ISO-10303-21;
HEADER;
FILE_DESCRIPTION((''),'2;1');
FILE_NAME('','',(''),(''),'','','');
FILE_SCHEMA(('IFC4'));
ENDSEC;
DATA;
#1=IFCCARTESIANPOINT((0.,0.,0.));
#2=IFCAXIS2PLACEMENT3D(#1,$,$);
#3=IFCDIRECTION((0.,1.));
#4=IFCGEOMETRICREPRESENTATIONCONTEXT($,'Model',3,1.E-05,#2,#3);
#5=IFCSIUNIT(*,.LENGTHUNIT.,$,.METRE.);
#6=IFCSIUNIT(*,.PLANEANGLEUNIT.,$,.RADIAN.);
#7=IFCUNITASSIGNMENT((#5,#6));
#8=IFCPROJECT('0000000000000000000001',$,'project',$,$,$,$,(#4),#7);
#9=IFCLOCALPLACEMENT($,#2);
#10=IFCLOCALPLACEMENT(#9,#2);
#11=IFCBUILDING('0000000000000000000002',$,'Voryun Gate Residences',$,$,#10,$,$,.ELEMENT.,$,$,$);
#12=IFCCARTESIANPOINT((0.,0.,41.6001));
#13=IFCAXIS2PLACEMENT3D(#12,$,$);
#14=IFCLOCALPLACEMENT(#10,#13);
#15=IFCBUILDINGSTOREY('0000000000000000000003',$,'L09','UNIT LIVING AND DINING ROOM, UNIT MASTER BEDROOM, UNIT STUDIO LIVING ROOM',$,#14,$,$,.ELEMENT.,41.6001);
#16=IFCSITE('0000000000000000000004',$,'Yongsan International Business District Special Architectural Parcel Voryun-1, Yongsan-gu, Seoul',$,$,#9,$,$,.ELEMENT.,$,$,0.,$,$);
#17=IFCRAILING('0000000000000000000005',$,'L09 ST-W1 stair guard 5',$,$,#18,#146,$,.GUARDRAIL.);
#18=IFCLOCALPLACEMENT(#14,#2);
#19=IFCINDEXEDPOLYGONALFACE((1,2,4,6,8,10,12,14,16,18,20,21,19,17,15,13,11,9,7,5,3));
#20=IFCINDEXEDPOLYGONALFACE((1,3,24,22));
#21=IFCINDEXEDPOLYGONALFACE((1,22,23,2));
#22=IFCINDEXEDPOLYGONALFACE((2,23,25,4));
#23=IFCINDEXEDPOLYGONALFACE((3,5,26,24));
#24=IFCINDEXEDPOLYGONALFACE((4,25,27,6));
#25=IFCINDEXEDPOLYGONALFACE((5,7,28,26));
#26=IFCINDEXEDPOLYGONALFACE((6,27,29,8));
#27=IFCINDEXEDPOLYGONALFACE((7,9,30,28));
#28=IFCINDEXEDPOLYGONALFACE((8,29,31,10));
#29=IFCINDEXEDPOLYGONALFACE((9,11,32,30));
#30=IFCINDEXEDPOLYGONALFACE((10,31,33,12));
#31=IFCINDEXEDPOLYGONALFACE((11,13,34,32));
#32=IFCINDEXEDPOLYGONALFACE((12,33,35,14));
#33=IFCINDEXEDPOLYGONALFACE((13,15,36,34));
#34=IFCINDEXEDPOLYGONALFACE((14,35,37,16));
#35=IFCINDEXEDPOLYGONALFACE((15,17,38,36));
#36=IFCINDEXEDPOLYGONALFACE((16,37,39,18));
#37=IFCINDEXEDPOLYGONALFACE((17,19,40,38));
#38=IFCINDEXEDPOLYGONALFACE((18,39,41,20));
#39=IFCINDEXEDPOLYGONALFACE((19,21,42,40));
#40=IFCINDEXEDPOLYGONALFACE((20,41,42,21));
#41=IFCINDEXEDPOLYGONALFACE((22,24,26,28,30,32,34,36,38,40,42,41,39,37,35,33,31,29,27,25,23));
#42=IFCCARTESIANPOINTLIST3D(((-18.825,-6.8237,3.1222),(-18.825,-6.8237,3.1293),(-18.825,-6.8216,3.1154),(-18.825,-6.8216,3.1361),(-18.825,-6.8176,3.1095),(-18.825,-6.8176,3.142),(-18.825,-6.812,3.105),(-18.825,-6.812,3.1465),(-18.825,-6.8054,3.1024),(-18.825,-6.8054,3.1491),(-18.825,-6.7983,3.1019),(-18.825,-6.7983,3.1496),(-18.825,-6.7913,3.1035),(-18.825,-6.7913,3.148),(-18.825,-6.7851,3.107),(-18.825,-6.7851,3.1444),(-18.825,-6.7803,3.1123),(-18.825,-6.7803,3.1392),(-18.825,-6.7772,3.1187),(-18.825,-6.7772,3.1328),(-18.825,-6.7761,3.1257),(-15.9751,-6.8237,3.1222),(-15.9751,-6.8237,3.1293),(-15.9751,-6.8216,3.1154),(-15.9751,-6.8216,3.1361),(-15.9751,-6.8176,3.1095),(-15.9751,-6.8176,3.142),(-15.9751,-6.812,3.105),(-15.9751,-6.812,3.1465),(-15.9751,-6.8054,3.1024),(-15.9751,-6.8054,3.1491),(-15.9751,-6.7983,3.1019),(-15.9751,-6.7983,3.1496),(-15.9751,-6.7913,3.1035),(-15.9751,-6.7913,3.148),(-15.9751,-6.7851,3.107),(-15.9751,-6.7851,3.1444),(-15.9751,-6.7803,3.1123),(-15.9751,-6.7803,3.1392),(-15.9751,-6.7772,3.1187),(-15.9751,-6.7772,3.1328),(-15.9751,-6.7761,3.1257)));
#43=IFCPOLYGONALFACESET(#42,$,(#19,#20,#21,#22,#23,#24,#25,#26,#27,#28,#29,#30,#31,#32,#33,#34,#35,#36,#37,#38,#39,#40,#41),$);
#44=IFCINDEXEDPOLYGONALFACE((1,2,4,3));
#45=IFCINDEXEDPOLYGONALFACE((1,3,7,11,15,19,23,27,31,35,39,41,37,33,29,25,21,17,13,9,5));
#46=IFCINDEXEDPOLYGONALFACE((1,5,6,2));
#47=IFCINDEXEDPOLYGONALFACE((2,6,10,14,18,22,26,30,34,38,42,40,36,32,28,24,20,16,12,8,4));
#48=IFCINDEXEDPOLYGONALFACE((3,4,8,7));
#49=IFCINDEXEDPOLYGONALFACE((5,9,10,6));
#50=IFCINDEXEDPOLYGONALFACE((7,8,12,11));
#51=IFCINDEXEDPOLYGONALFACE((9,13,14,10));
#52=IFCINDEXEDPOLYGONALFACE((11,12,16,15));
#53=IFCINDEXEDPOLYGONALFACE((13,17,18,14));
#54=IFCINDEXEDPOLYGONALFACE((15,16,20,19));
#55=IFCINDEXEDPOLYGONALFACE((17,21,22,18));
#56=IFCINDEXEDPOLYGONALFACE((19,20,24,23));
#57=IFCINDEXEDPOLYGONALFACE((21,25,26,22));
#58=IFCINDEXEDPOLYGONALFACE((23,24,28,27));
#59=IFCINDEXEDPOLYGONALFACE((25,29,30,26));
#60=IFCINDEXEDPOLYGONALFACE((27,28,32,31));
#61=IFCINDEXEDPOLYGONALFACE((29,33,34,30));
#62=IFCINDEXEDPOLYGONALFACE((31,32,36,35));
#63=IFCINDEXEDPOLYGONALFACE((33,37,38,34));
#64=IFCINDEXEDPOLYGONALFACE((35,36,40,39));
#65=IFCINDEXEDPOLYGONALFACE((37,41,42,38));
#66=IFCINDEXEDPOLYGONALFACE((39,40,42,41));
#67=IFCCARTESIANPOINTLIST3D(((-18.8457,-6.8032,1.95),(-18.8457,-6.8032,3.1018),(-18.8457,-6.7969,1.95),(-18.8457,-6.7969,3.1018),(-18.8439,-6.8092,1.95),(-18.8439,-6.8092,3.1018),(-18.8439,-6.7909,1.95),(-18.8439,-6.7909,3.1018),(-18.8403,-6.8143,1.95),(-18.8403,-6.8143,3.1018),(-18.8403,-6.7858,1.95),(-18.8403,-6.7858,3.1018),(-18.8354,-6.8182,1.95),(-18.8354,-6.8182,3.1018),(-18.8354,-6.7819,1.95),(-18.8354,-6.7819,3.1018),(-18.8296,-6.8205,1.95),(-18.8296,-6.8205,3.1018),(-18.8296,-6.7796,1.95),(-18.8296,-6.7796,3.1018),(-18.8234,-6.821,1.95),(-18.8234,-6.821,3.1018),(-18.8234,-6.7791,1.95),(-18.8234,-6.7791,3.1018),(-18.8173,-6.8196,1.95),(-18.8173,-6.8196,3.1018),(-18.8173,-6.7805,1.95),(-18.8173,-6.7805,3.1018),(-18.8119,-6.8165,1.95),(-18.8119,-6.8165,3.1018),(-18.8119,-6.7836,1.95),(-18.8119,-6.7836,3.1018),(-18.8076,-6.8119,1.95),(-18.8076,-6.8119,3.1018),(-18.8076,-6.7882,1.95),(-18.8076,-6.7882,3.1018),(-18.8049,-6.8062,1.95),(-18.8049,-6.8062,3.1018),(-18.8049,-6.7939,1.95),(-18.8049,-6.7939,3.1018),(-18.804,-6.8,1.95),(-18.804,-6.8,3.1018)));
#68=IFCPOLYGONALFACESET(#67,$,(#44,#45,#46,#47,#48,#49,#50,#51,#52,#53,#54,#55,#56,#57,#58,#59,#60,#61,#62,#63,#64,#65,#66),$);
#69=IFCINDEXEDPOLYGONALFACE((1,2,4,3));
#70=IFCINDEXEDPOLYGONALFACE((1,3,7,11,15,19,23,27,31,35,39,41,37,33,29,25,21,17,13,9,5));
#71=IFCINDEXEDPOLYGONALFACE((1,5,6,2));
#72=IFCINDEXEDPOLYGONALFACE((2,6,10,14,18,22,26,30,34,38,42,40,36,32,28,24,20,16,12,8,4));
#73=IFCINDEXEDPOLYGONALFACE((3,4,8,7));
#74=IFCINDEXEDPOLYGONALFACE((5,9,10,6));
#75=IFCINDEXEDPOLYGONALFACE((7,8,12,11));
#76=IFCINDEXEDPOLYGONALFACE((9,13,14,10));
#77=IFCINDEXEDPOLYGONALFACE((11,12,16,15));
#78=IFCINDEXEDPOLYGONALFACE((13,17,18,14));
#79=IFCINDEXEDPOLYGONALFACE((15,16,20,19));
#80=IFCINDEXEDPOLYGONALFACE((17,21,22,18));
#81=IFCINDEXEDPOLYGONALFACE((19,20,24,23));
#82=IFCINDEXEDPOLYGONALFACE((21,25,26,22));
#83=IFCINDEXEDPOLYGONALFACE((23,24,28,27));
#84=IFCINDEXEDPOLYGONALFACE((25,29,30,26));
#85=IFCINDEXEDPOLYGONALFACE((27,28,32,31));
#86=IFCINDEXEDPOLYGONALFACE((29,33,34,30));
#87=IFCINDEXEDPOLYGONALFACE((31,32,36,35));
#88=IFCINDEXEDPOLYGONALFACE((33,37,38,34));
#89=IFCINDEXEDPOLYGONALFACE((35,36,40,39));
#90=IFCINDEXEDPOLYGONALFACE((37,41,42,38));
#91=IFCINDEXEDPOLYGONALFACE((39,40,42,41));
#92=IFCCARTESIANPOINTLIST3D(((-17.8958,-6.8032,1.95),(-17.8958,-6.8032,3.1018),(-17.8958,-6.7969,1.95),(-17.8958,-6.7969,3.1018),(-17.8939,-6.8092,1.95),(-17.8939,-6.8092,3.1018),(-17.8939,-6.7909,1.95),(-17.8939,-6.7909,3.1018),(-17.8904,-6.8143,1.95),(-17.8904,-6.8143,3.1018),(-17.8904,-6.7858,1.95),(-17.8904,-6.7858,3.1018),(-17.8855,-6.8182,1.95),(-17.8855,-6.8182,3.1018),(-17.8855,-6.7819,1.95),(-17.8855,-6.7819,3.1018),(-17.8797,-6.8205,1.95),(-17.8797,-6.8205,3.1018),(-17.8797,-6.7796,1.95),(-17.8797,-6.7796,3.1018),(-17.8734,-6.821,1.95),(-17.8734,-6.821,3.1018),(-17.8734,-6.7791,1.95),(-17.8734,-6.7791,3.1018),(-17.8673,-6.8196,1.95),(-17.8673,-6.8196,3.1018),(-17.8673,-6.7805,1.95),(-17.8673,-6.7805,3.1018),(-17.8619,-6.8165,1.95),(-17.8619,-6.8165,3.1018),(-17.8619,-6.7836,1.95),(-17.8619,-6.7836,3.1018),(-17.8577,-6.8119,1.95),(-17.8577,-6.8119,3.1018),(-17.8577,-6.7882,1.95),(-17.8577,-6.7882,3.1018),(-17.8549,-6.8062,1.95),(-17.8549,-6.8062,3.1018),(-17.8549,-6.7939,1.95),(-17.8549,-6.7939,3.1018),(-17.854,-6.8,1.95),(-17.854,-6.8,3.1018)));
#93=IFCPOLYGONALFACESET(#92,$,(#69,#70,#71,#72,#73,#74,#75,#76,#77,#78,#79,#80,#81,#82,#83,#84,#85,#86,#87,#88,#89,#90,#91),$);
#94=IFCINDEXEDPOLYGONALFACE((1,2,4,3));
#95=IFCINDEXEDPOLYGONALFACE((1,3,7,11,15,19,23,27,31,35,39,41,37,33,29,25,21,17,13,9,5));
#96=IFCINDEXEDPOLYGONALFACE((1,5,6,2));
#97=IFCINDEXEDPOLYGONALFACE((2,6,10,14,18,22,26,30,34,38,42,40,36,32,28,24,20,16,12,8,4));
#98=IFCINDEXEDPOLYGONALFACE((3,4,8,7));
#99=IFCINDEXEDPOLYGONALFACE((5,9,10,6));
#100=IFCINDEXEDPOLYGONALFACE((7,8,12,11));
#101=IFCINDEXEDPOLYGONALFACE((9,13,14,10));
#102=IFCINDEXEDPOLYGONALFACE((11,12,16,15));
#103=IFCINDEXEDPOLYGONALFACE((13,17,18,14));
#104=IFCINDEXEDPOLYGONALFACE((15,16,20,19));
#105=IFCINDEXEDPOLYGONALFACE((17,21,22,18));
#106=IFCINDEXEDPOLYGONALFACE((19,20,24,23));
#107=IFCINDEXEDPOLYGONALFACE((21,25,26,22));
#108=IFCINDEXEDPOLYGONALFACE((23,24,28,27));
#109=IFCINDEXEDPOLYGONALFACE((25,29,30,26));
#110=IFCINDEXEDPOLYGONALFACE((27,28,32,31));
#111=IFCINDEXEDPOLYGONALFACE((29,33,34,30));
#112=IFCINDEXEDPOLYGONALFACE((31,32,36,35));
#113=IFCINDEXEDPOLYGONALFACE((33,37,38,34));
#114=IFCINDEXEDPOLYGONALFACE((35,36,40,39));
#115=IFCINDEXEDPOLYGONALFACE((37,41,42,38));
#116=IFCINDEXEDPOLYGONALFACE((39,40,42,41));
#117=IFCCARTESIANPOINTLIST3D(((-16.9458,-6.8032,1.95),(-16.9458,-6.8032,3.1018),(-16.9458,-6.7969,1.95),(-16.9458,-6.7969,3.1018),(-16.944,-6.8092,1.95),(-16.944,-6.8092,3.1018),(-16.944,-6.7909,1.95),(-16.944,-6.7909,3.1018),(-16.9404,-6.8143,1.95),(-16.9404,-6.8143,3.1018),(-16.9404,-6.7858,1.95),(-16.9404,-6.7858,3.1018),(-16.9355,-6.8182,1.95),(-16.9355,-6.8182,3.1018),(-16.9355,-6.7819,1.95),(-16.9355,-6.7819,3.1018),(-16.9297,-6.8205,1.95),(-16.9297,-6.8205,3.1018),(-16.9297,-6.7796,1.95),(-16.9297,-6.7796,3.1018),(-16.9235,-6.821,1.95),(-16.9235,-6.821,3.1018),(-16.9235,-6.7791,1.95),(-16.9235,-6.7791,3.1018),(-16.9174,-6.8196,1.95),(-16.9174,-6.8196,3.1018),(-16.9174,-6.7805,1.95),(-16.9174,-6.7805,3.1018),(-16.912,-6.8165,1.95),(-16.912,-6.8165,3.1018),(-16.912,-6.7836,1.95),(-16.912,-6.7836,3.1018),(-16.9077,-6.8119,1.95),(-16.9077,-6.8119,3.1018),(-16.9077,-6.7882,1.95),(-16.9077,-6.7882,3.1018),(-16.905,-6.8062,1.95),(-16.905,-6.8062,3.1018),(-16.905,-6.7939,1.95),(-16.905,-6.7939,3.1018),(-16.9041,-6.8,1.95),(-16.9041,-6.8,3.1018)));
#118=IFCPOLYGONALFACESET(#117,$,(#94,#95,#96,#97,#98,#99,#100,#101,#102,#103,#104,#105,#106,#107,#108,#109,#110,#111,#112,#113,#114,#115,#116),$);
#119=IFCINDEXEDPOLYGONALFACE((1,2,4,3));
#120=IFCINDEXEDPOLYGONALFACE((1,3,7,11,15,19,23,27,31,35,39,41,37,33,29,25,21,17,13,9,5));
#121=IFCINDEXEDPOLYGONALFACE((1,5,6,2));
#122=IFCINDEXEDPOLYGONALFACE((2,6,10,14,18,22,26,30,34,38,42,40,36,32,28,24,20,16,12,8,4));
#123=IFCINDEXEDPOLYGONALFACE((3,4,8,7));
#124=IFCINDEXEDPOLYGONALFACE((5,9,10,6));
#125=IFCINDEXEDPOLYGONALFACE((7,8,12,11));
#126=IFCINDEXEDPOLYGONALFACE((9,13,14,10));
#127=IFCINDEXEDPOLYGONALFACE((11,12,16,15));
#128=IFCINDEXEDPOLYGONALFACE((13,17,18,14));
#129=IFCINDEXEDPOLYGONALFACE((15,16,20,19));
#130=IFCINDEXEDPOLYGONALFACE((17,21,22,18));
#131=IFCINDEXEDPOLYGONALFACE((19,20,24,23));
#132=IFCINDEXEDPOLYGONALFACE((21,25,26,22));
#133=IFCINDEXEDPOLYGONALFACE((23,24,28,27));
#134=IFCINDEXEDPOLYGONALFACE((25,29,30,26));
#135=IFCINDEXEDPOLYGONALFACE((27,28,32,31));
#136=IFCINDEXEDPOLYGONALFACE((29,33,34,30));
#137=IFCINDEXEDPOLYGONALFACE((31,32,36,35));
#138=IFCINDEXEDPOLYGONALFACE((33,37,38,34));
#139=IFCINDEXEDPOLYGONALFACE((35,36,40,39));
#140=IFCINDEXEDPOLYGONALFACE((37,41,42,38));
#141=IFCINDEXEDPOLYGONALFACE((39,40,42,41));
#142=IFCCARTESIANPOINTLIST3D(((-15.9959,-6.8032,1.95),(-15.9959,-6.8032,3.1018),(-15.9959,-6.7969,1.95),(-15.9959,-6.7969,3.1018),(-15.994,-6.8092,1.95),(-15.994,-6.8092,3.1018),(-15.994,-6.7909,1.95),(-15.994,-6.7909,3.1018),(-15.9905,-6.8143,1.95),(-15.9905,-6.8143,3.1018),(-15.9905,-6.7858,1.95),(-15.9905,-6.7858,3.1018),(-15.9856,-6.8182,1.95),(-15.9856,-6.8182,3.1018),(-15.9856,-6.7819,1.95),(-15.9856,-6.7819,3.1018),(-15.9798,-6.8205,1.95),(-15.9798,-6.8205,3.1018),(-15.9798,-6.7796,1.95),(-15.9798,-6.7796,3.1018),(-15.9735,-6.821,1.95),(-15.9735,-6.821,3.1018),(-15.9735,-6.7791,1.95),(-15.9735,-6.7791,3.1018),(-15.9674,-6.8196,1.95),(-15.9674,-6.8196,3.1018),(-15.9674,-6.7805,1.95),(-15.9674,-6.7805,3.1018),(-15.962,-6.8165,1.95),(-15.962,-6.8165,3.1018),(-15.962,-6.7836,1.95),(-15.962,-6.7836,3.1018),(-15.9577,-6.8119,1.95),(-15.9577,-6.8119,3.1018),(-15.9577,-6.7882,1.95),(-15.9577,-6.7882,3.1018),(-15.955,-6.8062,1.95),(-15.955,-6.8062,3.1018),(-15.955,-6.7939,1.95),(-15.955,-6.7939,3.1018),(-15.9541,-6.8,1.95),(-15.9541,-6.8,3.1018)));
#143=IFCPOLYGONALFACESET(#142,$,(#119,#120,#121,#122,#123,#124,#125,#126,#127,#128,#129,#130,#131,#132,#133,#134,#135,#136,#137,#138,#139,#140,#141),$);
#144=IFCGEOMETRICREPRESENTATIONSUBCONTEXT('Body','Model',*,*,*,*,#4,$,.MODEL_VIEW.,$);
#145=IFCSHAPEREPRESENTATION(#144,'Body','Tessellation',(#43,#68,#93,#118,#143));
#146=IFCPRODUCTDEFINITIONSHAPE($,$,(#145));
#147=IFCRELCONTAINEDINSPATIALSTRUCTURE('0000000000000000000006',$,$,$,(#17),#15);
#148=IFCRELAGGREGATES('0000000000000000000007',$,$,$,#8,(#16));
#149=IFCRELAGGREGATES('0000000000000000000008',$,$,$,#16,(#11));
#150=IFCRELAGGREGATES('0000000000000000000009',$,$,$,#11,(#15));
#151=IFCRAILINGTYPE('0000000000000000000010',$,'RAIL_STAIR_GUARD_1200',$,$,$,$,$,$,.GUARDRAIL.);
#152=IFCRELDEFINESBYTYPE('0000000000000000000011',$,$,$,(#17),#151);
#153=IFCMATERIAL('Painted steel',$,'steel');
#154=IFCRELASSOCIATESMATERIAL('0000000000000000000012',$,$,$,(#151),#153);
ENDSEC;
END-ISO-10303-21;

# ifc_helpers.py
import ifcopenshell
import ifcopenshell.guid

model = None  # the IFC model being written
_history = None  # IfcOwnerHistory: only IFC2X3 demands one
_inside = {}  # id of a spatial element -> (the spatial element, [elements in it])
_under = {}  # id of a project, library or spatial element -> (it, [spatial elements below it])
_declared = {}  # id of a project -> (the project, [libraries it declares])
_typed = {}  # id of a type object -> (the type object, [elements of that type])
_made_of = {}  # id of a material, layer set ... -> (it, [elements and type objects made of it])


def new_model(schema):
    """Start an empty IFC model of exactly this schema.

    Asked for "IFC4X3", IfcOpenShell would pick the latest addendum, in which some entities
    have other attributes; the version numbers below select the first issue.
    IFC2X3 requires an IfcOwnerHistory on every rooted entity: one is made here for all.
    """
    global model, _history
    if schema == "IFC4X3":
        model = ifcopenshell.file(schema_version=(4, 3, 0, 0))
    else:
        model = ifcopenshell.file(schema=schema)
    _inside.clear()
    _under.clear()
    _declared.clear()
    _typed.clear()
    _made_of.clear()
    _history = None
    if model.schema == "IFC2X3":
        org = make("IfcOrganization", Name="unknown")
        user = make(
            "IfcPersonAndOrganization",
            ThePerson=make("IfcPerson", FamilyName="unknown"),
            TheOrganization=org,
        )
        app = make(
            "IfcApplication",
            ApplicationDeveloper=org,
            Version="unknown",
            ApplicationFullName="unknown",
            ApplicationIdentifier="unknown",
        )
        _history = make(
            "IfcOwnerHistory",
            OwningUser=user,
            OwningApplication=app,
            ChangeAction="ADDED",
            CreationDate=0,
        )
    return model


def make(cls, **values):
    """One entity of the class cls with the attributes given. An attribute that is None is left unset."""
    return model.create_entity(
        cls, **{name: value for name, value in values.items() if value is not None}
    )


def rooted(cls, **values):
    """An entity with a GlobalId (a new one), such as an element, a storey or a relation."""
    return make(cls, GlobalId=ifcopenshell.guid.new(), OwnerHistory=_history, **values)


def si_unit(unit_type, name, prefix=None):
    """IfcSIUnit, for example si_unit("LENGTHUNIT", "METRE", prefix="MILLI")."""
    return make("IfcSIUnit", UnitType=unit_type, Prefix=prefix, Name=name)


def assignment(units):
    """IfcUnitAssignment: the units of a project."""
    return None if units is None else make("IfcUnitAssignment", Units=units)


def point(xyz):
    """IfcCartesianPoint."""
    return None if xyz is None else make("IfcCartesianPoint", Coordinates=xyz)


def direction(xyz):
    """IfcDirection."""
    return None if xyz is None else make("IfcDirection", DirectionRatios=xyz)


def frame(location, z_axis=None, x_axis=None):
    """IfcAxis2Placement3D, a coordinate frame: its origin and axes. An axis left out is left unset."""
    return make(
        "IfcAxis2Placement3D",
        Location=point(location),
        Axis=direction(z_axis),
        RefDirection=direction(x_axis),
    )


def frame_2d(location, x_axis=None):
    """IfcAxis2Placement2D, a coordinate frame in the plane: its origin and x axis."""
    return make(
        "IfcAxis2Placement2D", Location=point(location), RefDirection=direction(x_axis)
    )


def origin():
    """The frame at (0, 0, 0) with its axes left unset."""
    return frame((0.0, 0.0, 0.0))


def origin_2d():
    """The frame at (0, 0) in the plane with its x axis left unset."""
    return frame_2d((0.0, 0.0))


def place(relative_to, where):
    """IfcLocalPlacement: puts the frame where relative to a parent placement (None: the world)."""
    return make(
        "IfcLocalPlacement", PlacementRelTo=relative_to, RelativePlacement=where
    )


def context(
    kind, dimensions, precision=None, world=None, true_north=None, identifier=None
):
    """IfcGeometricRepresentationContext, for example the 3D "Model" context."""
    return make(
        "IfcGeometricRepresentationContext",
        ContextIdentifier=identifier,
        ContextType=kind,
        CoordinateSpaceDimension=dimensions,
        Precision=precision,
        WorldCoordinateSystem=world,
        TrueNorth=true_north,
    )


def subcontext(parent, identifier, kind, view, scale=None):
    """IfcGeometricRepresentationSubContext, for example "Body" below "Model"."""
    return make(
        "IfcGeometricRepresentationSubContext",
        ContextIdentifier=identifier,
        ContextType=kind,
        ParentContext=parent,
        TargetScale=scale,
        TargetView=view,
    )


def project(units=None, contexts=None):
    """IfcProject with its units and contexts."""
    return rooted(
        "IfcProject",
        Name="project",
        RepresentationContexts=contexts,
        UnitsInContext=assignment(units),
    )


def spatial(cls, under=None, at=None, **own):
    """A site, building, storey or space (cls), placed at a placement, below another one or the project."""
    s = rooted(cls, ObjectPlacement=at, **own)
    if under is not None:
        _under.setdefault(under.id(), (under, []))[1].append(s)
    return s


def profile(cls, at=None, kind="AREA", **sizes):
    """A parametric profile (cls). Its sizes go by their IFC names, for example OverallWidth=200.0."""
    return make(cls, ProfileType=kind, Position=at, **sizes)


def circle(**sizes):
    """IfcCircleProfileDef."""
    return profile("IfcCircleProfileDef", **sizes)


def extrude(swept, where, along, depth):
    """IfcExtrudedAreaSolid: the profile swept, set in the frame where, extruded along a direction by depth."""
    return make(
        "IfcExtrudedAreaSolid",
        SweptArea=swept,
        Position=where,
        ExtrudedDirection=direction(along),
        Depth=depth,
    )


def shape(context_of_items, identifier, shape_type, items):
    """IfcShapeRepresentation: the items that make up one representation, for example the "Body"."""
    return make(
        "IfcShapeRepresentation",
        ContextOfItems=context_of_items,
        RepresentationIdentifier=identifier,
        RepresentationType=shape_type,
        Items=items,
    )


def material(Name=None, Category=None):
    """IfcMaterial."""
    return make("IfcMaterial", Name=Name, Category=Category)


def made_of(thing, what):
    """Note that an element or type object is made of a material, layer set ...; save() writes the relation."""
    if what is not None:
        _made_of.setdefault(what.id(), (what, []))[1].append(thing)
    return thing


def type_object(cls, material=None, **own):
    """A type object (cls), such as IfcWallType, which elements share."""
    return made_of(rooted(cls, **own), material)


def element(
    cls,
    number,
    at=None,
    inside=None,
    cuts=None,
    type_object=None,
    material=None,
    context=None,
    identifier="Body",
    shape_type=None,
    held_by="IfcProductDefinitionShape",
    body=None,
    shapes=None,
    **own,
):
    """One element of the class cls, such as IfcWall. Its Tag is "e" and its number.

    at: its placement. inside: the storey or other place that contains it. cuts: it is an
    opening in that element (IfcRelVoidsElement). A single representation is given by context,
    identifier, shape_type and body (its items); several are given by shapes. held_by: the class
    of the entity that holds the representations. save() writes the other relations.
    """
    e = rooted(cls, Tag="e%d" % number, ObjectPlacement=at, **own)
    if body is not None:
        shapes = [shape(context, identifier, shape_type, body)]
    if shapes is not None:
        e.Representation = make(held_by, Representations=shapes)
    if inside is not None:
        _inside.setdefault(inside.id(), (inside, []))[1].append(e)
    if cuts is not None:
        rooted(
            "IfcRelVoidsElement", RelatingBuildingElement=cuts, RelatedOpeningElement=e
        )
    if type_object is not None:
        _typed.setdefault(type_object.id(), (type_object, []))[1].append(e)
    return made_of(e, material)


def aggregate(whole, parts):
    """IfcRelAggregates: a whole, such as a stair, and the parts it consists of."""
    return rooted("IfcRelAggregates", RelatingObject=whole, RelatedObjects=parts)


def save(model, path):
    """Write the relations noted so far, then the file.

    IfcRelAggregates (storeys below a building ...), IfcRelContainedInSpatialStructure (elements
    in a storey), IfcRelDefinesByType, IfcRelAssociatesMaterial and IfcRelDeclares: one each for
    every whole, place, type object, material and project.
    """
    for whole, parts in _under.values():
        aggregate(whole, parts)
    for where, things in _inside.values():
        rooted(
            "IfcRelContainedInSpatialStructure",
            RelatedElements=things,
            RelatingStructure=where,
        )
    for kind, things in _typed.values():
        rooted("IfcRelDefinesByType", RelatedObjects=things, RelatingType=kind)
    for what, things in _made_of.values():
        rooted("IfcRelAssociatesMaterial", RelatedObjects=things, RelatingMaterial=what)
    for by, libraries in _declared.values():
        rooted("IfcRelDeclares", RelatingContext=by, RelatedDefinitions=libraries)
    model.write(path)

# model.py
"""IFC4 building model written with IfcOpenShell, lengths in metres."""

from ifc_helpers import new_model, si_unit, direction, frame, origin, origin_2d, place, context, subcontext, project, spatial, circle, extrude, material, type_object, element, save


model = new_model("IFC4")

# Units and contexts
model_context = context("Model", 3, precision=1e-05, world=origin(), true_north=direction((0.0, 1.0)))
body_context = subcontext(model_context, "Body", "Model", "MODEL_VIEW")
ifc_project = project(units=[si_unit("LENGTHUNIT", "METRE"), si_unit("PLANEANGLEUNIT", "RADIAN")], contexts=[model_context])

# Site, building, storey
site_placement = place(None, origin())
site = spatial("IfcSite", under=ifc_project, at=site_placement, Name="Yongsan International Business District Special Architectural Parcel Voryun-1, Yongsan-gu, Seoul", CompositionType="ELEMENT", RefElevation=0.0)
building_placement = place(site_placement, origin())
building = spatial("IfcBuilding", under=site, at=building_placement, Name="Voryun Gate Residences", CompositionType="ELEMENT")
storey_placement = place(building_placement, frame((0.0, 0.0, 41.6001)))
storey = spatial("IfcBuildingStorey", under=building, at=storey_placement, Name="L09", Description="UNIT LIVING AND DINING ROOM, UNIT MASTER BEDROOM, UNIT STUDIO LIVING ROOM", CompositionType="ELEMENT", Elevation=41.6001)

# Railing
ifc_material_1 = material(Name="Painted steel", Category="steel")
railing_type = type_object("IfcRailingType", Name="RAIL_STAIR_GUARD_1200", PredefinedType="GUARDRAIL", material=ifc_material_1)
railing_1_placement = place(storey_placement, frame((-18.825, -6.8, 1.95)))
element("IfcRailing", 1, at=railing_1_placement, inside=storey, type_object=railing_type, Name="L09 ST-W1 stair guard 5", PredefinedType="GUARDRAIL", context=body_context, shape_type="SweptSolid", body=[
    extrude(circle(Radius=0.0239, at=origin_2d()), frame((0.0, 0.0, 1.1758), z_axis=(1.0, 0.0, 0.0), x_axis=(0.0, 1.0, 0.0)), (0.0, 0.0, 1.0), 2.8499),
    extrude(circle(Radius=0.021, at=origin_2d()), origin(), (0.0, 0.0, 1.0), 1.1519),
    extrude(circle(Radius=0.021, at=origin_2d()), frame((0.95, 0.0, 0.0)), (0.0, 0.0, 1.0), 1.1519),
    extrude(circle(Radius=0.021, at=origin_2d()), frame((1.8999, 0.0, 0.0)), (0.0, 0.0, 1.0), 1.1519),
    extrude(circle(Radius=0.021, at=origin_2d()), frame((2.8499, 0.0, 0.0)), (0.0, 0.0, 1.0), 1.1519),
])

save(model, "model.ifc")
